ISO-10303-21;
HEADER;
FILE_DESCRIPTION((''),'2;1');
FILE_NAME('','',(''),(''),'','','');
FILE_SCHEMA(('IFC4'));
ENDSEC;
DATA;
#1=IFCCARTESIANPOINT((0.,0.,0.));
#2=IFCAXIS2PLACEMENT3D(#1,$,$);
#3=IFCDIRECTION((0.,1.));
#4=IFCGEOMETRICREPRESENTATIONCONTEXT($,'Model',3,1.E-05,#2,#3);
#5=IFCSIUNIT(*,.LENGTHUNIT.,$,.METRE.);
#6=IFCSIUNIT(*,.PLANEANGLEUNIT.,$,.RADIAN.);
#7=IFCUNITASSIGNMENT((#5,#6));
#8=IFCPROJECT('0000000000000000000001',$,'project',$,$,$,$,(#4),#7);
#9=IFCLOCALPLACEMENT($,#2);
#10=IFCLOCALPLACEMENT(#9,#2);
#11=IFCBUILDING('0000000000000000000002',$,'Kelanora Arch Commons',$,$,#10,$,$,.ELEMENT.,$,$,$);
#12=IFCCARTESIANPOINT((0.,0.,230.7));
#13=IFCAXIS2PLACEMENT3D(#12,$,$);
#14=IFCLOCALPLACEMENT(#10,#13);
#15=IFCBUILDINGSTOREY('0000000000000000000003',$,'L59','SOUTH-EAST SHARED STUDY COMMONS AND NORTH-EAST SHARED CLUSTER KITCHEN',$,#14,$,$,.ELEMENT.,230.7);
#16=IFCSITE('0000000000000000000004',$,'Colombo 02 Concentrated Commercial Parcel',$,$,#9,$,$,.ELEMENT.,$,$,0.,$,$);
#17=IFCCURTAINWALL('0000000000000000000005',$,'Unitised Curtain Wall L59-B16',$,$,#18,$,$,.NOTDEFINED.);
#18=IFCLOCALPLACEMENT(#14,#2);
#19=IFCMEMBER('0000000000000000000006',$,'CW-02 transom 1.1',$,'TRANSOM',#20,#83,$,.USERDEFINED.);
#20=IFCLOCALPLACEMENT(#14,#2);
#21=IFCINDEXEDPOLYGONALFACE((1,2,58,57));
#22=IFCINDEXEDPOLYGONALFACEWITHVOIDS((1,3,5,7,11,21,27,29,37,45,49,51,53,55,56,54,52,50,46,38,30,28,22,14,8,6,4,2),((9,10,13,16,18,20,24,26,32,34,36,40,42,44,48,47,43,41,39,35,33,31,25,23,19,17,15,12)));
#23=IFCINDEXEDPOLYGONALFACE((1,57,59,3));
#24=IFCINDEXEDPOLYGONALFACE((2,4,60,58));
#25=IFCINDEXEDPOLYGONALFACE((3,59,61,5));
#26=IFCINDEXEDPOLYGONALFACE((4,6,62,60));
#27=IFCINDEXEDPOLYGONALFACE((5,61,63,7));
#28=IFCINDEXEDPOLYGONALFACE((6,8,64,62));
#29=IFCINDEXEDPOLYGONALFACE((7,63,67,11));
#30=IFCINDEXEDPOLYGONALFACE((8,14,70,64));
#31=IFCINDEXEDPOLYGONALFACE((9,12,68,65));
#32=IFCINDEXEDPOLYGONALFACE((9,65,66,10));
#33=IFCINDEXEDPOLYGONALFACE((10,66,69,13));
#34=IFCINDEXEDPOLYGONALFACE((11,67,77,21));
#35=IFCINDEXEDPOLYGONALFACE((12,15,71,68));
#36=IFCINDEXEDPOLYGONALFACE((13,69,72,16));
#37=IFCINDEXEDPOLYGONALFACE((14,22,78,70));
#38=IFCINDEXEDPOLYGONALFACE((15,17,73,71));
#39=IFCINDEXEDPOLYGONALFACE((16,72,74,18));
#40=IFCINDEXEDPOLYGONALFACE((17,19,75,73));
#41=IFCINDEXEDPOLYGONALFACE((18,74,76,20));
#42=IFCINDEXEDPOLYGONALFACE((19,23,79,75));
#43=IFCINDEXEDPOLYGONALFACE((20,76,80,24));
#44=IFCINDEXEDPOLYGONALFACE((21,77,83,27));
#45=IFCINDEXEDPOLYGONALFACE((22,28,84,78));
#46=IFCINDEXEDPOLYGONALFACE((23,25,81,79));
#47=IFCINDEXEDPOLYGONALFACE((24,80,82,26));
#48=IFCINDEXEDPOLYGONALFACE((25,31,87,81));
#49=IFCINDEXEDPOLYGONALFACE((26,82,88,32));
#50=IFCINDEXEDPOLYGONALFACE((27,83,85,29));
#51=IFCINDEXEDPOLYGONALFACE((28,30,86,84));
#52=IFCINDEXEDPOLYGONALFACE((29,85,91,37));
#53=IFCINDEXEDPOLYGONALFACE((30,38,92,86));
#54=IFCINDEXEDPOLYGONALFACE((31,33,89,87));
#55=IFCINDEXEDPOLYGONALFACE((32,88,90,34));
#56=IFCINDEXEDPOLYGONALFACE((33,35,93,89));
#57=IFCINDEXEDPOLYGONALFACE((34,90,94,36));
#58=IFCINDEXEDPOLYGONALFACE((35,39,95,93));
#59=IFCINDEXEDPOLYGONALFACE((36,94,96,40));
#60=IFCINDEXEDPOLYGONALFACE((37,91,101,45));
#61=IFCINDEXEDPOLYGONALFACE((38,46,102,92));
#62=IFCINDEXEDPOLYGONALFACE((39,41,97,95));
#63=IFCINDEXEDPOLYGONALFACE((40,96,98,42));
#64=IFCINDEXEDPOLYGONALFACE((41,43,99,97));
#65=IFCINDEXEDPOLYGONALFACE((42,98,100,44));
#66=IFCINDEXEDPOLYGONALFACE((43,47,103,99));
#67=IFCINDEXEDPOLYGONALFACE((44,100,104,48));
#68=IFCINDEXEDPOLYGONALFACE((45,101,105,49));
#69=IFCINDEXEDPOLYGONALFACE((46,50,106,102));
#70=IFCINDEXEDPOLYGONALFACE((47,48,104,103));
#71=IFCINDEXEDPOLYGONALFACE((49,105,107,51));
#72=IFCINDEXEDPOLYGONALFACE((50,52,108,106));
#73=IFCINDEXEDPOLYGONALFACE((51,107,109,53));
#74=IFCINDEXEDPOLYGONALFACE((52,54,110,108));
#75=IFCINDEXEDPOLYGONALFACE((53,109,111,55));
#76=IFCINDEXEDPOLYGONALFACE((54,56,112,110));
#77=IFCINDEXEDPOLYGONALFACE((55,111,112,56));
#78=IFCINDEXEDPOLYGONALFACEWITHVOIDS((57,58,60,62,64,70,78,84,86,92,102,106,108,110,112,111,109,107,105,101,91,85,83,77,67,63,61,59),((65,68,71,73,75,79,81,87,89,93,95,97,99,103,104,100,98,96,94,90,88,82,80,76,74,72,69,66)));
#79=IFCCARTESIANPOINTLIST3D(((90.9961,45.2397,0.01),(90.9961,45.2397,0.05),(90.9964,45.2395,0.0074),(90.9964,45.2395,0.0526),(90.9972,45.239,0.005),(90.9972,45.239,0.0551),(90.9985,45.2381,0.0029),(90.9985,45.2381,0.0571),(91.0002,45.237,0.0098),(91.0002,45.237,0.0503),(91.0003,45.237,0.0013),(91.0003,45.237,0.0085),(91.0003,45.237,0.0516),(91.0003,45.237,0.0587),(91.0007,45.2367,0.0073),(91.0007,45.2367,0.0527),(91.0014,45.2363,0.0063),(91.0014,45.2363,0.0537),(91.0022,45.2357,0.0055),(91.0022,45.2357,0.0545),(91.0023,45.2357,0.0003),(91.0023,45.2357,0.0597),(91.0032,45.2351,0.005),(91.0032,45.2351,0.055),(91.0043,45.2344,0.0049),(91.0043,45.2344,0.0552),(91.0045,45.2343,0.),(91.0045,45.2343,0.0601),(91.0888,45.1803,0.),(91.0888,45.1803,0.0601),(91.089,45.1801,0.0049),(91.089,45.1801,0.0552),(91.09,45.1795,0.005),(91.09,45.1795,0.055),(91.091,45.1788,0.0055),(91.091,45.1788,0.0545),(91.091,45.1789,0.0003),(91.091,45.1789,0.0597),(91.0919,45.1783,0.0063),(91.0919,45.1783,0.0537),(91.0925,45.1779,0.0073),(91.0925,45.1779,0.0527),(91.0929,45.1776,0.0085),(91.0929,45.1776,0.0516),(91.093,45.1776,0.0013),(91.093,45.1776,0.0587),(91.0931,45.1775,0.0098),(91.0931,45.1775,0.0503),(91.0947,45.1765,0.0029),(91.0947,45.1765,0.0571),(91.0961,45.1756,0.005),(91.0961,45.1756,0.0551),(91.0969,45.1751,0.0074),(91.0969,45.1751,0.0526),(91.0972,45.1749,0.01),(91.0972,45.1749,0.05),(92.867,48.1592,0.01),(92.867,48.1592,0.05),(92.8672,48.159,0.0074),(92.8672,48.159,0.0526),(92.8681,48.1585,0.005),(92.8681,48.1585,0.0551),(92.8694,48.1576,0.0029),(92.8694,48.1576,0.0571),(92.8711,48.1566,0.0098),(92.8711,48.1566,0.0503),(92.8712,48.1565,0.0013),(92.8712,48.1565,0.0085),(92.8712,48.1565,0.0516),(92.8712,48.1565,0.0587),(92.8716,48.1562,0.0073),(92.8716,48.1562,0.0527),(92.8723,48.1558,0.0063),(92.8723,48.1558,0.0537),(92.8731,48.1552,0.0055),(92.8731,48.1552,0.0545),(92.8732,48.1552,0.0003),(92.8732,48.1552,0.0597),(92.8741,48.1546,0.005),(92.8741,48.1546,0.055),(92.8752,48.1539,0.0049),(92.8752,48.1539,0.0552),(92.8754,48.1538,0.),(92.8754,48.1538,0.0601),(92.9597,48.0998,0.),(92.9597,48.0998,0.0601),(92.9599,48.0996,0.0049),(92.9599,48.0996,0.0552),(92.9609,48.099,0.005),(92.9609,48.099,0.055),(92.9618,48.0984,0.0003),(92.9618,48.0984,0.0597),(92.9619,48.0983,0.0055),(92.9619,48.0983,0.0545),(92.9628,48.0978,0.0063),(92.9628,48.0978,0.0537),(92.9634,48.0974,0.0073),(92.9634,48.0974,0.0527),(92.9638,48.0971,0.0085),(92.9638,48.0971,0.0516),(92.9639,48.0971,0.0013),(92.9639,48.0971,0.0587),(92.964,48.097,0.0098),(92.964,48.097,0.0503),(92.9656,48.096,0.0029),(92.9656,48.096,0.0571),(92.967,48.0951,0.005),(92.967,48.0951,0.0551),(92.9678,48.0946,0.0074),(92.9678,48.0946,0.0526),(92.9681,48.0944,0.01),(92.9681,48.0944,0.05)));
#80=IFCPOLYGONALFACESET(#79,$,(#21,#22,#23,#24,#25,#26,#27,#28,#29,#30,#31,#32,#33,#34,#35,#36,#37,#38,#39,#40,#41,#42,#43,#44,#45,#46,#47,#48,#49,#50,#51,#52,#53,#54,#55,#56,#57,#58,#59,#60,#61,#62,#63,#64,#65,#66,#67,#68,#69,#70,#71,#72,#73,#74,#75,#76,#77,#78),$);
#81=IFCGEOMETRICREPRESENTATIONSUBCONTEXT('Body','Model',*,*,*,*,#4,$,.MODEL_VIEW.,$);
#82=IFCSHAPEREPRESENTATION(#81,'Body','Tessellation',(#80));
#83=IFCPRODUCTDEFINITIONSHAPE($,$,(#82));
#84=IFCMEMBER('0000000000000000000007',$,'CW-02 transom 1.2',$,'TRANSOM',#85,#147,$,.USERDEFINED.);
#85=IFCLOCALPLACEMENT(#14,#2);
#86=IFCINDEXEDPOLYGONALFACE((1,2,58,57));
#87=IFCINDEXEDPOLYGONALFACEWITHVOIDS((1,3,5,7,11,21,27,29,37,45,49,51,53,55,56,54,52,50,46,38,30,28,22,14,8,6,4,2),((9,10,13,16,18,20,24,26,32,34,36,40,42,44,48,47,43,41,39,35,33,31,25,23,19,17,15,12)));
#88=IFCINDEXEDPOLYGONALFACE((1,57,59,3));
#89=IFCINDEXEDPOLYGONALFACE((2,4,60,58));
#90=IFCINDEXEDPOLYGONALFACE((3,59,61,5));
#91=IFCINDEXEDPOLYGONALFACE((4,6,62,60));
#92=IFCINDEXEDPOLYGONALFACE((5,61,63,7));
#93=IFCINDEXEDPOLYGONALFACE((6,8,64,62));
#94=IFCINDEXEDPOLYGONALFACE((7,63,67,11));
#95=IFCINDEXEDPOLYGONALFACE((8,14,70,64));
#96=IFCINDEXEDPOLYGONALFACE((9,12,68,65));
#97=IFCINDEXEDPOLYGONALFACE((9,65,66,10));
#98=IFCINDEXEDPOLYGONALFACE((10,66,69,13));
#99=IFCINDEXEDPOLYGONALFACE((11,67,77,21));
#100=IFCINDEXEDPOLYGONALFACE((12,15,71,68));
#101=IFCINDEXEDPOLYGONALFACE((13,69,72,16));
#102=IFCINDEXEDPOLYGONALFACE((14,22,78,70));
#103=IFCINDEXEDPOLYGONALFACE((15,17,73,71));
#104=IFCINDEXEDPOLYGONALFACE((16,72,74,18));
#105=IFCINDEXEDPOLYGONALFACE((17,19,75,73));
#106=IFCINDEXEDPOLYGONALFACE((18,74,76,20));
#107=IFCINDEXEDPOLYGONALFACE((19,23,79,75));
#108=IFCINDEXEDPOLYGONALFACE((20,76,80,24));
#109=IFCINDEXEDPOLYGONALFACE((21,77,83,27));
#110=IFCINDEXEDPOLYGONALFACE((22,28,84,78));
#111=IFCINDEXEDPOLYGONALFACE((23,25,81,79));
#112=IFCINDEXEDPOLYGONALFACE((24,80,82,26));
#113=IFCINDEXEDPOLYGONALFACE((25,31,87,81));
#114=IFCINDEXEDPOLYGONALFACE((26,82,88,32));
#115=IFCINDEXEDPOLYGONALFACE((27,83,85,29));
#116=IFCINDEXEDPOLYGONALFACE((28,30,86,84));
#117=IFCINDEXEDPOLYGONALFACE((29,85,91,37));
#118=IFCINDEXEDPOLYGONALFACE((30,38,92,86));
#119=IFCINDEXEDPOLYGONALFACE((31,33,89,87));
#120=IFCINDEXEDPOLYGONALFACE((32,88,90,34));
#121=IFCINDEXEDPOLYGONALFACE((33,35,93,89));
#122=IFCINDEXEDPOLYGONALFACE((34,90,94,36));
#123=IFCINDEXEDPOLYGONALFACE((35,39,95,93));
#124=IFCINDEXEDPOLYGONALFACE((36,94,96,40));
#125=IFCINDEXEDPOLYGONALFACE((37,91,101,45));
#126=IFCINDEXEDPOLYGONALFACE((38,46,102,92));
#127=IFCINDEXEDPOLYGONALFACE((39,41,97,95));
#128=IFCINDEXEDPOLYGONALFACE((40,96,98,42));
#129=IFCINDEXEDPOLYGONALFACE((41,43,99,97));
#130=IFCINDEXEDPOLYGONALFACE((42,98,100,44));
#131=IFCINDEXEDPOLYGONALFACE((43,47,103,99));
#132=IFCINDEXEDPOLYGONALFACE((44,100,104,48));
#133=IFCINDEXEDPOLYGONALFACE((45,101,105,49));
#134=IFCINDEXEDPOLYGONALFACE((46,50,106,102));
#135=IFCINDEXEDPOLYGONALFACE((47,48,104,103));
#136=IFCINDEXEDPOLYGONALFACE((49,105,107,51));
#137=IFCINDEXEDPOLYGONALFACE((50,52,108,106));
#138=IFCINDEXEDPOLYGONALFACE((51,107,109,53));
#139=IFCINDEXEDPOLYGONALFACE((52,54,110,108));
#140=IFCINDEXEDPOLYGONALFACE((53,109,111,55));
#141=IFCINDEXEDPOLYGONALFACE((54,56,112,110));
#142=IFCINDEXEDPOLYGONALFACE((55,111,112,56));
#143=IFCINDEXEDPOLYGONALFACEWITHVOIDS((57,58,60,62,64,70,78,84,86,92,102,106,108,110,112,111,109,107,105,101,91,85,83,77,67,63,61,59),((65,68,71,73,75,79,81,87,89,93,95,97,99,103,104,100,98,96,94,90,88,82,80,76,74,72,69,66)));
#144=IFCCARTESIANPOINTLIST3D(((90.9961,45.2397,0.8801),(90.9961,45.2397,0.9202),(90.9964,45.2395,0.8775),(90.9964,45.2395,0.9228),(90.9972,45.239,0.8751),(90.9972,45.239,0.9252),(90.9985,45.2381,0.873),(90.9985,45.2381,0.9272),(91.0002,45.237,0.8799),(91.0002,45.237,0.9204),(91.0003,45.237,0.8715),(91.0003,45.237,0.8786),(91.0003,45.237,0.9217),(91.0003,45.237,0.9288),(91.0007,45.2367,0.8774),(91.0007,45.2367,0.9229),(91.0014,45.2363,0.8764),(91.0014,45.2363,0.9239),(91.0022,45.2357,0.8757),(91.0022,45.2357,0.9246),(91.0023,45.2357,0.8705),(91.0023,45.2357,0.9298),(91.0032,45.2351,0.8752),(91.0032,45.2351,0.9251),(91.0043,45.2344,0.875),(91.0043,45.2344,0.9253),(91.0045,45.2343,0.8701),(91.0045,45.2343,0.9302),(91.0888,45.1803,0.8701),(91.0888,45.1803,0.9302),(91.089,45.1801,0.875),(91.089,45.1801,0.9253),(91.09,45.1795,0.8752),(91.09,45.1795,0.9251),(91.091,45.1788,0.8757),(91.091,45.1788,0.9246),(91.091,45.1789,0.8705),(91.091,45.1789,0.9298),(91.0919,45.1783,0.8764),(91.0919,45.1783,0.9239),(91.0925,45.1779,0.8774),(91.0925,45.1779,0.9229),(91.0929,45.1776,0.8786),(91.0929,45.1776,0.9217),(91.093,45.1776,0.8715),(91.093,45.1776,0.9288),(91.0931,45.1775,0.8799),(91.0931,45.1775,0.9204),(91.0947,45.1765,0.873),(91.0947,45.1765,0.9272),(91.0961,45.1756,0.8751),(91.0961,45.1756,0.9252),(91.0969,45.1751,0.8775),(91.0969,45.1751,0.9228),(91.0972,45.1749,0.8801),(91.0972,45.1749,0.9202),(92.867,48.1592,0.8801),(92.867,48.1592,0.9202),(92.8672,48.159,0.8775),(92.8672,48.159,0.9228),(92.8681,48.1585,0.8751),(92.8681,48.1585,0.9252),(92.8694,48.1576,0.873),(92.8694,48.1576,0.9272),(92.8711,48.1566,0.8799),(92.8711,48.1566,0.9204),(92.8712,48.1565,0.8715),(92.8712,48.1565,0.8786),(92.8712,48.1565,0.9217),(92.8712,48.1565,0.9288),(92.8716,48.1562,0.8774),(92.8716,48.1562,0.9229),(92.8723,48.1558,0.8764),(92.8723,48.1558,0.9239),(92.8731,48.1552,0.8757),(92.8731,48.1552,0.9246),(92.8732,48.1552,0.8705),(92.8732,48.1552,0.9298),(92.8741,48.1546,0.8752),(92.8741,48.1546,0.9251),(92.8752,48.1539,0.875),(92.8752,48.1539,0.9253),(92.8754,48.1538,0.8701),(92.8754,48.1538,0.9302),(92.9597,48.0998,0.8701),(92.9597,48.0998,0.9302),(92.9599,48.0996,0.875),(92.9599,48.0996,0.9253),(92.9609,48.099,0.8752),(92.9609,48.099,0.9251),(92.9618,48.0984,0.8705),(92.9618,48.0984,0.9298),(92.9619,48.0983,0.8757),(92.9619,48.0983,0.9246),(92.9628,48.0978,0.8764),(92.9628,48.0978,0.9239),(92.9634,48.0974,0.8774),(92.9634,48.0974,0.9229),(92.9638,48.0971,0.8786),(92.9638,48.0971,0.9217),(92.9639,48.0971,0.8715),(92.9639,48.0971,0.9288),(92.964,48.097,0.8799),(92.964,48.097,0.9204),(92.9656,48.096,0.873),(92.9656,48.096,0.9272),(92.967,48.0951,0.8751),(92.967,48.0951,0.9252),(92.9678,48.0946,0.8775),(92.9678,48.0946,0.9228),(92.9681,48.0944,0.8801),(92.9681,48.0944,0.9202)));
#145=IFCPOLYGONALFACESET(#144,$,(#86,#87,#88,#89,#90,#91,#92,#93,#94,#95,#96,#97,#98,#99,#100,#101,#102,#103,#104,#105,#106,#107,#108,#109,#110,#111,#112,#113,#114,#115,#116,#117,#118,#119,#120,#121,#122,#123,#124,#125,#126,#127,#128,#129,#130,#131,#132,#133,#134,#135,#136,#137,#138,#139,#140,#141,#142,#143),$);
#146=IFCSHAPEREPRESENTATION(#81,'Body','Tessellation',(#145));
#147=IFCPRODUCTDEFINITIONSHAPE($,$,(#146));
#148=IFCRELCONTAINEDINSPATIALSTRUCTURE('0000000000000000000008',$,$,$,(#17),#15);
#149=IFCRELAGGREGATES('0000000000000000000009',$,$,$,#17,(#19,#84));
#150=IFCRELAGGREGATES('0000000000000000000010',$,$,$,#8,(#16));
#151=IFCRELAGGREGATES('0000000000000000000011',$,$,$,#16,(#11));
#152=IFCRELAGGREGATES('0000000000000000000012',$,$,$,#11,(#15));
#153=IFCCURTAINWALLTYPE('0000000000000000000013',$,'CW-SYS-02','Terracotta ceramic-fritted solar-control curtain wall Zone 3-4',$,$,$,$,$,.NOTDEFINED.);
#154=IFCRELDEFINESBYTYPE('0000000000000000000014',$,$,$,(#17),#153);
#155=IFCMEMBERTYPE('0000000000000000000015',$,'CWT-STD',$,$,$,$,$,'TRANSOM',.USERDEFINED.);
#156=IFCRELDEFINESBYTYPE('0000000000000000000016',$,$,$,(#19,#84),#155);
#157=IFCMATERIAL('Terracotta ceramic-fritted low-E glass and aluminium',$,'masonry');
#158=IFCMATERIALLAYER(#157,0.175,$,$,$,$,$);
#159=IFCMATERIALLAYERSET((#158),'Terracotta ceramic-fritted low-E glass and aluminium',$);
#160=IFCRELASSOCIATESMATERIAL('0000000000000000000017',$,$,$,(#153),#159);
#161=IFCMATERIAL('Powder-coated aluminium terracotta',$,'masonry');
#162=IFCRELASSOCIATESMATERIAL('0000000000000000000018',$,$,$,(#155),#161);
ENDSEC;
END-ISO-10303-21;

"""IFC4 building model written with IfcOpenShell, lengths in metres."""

from ifc_helpers import new_model, si_unit, direction, frame, origin, origin_2d, place, context, subcontext, project, spatial, hollow_rectangle, extrude, material, layer, layer_set, material_profile, profile_set, type_object, element, aggregate, save


model = new_model("IFC4")

# Units and contexts
model_context = context("Model", 3, precision=1e-05, world=origin(), true_north=direction((0.0, 1.0)))
body_context = subcontext(model_context, "Body", "Model", "MODEL_VIEW")
ifc_project = project(units=[si_unit("LENGTHUNIT", "METRE"), si_unit("PLANEANGLEUNIT", "RADIAN")], contexts=[model_context])

# Site, building, storey
site_placement = place(None, origin())
site = spatial("IfcSite", under=ifc_project, at=site_placement, Name="Colombo 02 Concentrated Commercial Parcel", CompositionType="ELEMENT", RefElevation=0.0)
building_placement = place(site_placement, origin())
building = spatial("IfcBuilding", under=site, at=building_placement, Name="Kelanora Arch Commons", CompositionType="ELEMENT")
storey_placement = place(building_placement, frame((0.0, 0.0, 230.7)))
storey = spatial("IfcBuildingStorey", under=building, at=storey_placement, Name="L59", Description="SOUTH-EAST SHARED STUDY COMMONS AND NORTH-EAST SHARED CLUSTER KITCHEN", CompositionType="ELEMENT", Elevation=230.7)

# Shared definitions
ifc_material_1 = material(Name="Terracotta ceramic-fritted low-E glass and aluminium", Category="masonry")
ifc_layer_1 = layer(ifc_material_1, 0.175)
ifc_layer_set_1 = layer_set([ifc_layer_1], Name="Terracotta ceramic-fritted low-E glass and aluminium")
curtain_wall_type = type_object("IfcCurtainWallType", Name="CW-SYS-02", Description="Terracotta ceramic-fritted solar-control curtain wall Zone 3-4", PredefinedType="NOTDEFINED", material=ifc_layer_set_1)
ifc_material_2 = material(Name="Powder-coated aluminium terracotta", Category="masonry")

# Curtain wall, members
curtain_wall_1_placement = place(storey_placement, origin())
curtain_wall_1 = element("IfcCurtainWall", 1, at=curtain_wall_1_placement, inside=storey, type_object=curtain_wall_type, Name="Unitised Curtain Wall L59-B16", PredefinedType="NOTDEFINED")
ifc_material_profile_1 = material_profile(ifc_material_2, hollow_rectangle(XDim=0.1201, YDim=0.0601, WallThickness=0.0049, InnerFilletRadius=0.0049, OuterFilletRadius=0.01, at=origin_2d()), Name="CWT120x60")
ifc_profile_set_1 = profile_set([ifc_material_profile_1], Name="Powder-coated aluminium terracotta")
member_type_1 = type_object("IfcMemberType", Name="CWT-STD", ElementType="TRANSOM", PredefinedType="USERDEFINED", material=ifc_profile_set_1)
member_1_placement = place(storey_placement, frame((91.0466, 45.2073, 0.03), z_axis=(0.539547, 0.841955, 0.0), x_axis=(-0.841955, 0.539547, 0.0)))
member_1 = element("IfcMember", 2, at=member_1_placement, type_object=member_type_1, Name="CW-02 transom 1.1", ObjectType="TRANSOM", PredefinedType="USERDEFINED", context=body_context, shape_type="SweptSolid", body=[
    extrude(hollow_rectangle(XDim=0.1201, YDim=0.0601, WallThickness=0.0049, InnerFilletRadius=0.0049, OuterFilletRadius=0.01, at=origin_2d()), origin(), (0.0, 0.0, 1.0), 3.4675),
])
member_2_placement = place(storey_placement, frame((91.0466, 45.2073, 0.9001), z_axis=(0.539547, 0.841955, 0.0), x_axis=(-0.841955, 0.539547, 0.0)))
member_2 = element("IfcMember", 3, at=member_2_placement, type_object=member_type_1, Name="CW-02 transom 1.2", ObjectType="TRANSOM", PredefinedType="USERDEFINED", context=body_context, shape_type="SweptSolid", body=[
    extrude(hollow_rectangle(XDim=0.1201, YDim=0.0601, WallThickness=0.0049, InnerFilletRadius=0.0049, OuterFilletRadius=0.01, at=origin_2d()), origin(), (0.0, 0.0, 1.0), 3.4675),
])

aggregate(curtain_wall_1, [member_1, member_2])

save(model, "model.ifc")
